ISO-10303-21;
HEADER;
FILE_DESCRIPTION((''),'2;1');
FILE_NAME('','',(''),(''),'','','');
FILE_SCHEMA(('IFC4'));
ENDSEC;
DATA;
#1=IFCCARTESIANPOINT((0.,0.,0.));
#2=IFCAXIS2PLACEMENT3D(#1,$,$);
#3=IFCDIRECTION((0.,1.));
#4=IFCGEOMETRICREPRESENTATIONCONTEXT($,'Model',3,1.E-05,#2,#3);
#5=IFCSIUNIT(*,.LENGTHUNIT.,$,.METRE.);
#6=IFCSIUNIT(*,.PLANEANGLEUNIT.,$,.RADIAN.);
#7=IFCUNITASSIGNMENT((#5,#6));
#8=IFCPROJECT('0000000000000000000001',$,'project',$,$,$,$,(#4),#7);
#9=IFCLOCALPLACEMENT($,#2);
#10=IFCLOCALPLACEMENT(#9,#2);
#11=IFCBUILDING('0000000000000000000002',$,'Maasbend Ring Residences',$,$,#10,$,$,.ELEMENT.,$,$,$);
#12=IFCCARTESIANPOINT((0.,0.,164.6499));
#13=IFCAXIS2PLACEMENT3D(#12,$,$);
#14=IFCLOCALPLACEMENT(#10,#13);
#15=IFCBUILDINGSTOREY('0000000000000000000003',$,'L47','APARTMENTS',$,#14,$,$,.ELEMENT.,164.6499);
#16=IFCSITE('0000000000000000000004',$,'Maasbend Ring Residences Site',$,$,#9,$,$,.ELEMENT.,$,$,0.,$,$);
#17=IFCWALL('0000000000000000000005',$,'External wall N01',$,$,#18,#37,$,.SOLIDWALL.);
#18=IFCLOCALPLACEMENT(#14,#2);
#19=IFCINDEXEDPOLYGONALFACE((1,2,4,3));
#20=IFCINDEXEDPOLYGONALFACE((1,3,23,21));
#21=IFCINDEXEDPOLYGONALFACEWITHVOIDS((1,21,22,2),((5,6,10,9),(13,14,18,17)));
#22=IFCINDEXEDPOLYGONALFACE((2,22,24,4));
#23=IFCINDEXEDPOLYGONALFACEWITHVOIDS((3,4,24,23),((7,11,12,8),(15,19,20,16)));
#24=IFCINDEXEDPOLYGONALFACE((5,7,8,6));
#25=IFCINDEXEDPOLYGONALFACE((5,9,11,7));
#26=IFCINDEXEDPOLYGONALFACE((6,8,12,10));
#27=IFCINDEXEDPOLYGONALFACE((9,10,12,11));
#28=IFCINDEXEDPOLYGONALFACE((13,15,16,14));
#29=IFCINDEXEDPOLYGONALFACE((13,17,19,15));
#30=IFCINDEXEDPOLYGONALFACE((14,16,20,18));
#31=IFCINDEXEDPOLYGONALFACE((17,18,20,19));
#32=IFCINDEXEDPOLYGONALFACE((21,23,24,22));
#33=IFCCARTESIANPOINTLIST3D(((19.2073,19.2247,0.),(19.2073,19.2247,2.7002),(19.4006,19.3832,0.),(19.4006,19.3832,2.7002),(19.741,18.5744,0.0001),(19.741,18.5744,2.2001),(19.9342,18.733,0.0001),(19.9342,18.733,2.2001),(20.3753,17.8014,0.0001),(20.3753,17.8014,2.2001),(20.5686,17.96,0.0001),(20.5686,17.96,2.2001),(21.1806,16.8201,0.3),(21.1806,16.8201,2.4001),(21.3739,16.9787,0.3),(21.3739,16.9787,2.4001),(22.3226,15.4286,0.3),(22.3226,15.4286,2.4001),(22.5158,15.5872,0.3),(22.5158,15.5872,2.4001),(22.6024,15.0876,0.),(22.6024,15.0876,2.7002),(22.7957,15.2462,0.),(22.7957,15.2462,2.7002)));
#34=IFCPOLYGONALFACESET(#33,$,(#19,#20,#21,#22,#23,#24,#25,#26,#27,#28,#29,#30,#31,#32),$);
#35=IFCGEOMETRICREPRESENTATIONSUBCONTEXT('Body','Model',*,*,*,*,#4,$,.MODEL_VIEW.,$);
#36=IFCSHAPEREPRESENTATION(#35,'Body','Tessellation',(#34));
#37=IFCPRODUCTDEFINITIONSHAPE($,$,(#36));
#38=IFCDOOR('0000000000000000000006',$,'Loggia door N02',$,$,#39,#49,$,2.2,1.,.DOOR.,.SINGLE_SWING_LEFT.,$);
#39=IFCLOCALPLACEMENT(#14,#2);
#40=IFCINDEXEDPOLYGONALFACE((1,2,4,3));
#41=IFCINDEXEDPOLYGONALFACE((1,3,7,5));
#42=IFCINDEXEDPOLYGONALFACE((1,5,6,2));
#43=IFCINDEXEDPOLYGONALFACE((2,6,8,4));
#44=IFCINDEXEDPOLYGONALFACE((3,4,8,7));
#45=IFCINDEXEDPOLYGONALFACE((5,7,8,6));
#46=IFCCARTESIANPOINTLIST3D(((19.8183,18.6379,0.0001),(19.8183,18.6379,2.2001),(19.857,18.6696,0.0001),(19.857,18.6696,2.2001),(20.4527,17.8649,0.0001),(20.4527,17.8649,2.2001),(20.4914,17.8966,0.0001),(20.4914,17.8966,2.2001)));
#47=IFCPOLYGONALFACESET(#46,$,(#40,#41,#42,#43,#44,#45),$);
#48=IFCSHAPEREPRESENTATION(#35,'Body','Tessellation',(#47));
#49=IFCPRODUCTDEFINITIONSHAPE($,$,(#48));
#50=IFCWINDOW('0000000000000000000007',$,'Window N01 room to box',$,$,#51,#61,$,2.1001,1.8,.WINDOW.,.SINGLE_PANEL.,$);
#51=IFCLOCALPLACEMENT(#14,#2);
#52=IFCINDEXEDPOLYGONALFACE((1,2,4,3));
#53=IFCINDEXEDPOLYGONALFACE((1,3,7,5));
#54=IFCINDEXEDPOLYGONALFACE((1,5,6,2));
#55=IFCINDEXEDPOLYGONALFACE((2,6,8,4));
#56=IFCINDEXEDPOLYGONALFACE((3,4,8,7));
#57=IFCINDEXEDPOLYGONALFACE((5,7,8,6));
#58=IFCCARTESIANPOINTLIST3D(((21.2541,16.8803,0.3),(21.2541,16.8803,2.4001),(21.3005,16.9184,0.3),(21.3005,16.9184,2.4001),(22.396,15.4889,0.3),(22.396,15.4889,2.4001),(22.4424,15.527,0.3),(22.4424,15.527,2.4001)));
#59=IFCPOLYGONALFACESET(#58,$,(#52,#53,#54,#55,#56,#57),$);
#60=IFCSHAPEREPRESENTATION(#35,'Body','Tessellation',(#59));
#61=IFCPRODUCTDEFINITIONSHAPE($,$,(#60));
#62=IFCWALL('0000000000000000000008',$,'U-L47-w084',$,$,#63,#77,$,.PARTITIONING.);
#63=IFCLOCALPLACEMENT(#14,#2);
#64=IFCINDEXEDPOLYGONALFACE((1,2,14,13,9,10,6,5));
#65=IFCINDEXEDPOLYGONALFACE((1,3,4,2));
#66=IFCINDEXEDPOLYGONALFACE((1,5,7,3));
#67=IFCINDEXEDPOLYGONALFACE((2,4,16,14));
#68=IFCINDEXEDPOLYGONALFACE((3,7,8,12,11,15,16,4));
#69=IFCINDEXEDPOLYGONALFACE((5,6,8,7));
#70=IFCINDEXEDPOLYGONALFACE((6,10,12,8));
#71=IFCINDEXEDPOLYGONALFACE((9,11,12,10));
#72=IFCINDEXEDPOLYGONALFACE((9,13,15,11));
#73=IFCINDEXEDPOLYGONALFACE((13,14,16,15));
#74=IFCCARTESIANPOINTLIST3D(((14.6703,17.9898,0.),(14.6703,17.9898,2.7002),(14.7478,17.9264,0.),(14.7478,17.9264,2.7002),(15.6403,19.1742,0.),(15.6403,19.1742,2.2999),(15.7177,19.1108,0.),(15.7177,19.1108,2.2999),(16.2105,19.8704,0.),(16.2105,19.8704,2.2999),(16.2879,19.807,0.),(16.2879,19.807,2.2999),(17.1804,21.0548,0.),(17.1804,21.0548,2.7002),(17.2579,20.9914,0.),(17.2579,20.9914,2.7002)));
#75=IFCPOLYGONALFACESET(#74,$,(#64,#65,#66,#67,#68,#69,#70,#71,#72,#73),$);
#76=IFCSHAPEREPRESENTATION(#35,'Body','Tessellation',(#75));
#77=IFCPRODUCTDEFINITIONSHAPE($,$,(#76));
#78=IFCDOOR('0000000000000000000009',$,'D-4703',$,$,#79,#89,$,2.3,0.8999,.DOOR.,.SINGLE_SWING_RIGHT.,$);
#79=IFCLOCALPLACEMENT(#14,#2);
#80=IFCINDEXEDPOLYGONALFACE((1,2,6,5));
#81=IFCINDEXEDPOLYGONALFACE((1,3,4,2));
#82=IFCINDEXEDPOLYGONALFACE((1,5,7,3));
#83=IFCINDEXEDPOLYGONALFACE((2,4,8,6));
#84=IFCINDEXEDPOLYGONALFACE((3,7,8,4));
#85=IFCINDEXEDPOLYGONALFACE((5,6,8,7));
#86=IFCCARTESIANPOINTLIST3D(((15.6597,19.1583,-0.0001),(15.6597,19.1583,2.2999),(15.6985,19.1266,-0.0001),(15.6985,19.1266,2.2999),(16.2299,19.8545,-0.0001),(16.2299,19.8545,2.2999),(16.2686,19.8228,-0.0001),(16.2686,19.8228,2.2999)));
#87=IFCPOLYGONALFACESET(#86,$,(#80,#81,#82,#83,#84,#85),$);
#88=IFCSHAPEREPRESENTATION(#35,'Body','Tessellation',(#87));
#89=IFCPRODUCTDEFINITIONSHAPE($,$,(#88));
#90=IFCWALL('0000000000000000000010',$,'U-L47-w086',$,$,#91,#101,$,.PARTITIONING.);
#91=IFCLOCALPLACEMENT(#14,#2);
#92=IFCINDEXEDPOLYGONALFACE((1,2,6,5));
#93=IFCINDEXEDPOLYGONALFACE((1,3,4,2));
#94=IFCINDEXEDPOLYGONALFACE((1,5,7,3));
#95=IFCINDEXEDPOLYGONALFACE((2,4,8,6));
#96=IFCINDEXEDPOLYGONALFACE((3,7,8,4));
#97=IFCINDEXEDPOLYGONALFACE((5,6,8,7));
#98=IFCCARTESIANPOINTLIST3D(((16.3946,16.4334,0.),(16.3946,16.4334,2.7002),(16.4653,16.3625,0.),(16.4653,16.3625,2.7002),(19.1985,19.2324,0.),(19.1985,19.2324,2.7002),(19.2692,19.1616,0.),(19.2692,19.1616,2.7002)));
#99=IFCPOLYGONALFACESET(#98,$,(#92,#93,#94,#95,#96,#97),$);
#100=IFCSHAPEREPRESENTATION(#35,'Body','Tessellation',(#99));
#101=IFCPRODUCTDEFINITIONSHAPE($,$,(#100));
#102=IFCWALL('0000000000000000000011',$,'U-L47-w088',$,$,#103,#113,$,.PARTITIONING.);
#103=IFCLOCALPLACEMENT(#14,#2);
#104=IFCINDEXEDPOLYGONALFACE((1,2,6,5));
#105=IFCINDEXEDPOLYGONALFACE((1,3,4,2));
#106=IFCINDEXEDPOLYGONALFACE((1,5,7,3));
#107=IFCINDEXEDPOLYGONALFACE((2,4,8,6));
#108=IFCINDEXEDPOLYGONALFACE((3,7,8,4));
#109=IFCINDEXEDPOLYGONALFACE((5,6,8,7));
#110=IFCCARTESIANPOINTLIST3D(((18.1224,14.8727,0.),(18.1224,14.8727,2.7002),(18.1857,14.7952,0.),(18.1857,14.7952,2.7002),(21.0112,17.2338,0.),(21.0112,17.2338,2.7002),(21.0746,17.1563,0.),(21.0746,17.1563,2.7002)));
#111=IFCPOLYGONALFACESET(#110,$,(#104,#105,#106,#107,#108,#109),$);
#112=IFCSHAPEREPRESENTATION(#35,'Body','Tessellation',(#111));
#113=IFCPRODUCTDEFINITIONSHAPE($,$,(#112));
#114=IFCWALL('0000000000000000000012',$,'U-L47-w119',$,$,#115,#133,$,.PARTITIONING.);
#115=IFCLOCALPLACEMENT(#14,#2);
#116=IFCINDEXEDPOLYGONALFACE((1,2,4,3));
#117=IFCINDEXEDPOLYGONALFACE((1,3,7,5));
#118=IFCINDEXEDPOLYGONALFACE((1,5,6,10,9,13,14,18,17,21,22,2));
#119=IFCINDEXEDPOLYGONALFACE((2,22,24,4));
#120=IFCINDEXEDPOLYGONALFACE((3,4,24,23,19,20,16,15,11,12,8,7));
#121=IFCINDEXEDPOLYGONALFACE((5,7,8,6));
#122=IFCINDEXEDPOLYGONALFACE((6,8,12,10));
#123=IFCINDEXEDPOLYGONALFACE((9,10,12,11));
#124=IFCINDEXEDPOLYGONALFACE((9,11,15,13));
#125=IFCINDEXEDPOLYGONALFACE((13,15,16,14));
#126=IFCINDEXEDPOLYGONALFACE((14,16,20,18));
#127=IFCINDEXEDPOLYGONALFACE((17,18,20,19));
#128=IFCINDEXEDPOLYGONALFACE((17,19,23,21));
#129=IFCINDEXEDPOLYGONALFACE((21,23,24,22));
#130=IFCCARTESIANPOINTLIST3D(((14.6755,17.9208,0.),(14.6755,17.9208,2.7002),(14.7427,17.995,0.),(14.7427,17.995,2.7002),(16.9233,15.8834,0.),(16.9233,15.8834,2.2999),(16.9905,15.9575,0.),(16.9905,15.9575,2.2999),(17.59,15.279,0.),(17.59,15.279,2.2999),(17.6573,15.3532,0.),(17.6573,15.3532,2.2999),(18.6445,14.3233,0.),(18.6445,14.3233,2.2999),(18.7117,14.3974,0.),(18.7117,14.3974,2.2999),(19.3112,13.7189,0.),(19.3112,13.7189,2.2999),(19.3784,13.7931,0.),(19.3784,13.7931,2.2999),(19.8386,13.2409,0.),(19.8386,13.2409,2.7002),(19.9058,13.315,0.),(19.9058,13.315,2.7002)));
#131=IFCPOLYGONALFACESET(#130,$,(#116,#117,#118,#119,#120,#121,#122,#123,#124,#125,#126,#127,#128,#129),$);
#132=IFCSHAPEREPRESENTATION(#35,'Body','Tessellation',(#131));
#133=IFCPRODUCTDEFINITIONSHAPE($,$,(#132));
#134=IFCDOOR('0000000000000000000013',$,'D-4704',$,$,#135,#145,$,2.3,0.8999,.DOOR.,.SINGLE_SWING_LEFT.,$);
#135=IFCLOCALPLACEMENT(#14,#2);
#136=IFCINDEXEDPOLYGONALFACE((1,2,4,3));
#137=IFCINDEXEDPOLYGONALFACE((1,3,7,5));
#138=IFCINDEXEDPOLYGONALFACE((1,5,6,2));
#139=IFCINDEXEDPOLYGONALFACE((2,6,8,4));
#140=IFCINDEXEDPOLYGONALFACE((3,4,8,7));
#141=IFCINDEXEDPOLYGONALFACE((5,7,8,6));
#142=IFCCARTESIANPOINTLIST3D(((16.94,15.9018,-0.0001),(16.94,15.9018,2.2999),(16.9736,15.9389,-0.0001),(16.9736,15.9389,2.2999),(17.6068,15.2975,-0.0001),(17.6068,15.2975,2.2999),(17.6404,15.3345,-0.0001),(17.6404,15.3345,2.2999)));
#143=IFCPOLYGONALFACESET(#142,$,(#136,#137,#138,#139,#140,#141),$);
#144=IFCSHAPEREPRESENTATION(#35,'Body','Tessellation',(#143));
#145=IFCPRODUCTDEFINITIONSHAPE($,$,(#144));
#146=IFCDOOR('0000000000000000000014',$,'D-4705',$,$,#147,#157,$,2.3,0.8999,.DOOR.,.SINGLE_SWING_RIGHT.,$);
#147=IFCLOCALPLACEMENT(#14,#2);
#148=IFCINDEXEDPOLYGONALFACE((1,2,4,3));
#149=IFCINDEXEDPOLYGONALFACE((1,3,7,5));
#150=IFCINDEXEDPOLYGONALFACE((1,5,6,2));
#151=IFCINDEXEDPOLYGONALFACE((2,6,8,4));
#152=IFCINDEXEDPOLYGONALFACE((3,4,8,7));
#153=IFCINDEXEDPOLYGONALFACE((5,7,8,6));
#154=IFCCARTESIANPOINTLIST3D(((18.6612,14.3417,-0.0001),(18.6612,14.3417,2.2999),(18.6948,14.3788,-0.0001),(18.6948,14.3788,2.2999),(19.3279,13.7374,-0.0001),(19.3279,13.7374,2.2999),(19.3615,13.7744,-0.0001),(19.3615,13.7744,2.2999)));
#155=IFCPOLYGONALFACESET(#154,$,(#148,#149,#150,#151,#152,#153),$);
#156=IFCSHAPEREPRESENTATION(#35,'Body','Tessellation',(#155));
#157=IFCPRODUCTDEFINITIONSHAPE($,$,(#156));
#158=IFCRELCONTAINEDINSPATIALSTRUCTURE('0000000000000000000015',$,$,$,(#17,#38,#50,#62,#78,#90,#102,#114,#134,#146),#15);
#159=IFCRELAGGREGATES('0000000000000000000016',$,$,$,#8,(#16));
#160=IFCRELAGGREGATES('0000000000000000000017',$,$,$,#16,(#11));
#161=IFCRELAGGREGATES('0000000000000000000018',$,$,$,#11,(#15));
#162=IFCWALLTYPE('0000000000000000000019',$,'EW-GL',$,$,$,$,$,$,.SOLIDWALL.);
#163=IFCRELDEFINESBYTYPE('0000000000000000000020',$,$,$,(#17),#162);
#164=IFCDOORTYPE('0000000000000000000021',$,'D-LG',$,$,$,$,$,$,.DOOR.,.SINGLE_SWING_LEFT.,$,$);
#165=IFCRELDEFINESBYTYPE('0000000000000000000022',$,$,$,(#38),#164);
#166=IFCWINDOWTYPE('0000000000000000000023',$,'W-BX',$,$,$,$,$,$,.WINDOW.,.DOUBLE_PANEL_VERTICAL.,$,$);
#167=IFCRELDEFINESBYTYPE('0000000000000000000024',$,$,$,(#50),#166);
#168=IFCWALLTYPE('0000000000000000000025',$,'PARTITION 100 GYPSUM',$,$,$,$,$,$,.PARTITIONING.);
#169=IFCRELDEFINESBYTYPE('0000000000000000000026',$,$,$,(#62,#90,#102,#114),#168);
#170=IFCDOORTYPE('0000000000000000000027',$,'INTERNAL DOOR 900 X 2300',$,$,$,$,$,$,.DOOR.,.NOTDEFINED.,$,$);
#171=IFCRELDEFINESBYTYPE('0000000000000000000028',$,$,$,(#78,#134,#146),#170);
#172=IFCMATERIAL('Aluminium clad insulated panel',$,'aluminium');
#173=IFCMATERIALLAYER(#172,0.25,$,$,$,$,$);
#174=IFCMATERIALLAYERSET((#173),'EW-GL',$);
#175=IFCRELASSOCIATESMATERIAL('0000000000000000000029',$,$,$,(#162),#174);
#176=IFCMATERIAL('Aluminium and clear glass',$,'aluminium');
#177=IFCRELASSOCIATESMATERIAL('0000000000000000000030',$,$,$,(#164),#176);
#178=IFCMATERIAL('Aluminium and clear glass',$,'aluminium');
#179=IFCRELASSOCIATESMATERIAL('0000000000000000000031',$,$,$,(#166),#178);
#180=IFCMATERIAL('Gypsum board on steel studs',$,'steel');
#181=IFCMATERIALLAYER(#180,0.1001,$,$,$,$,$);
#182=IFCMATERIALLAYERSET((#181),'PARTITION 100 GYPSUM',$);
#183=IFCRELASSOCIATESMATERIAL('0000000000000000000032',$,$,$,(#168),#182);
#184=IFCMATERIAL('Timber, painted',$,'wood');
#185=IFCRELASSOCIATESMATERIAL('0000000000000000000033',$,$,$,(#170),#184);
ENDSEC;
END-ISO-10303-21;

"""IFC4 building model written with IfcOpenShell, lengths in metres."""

from ifc_helpers import new_model, si_unit, direction, frame, frame_2d, origin, place, context, subcontext, project, spatial, rectangle, extrude, material, layer, layer_set, type_object, element, fill, save


model = new_model("IFC4")

# Units and contexts
model_context = context("Model", 3, precision=1e-05, world=origin(), true_north=direction((0.0, 1.0)))
body_context = subcontext(model_context, "Body", "Model", "MODEL_VIEW")
ifc_project = project(units=[si_unit("LENGTHUNIT", "METRE"), si_unit("PLANEANGLEUNIT", "RADIAN")], contexts=[model_context])

# Site, building, storey
site_placement = place(None, origin())
site = spatial("IfcSite", under=ifc_project, at=site_placement, Name="Maasbend Ring Residences Site", CompositionType="ELEMENT", RefElevation=0.0)
building_placement = place(site_placement, origin())
building = spatial("IfcBuilding", under=site, at=building_placement, Name="Maasbend Ring Residences", CompositionType="ELEMENT")
storey_placement = place(building_placement, frame((0.0, 0.0, 164.6499)))
storey = spatial("IfcBuildingStorey", under=building, at=storey_placement, Name="L47", Description="APARTMENTS", CompositionType="ELEMENT", Elevation=164.6499)

# Wall, openings, door, window
ifc_material_1 = material(Name="Aluminium clad insulated panel", Category="aluminium")
ifc_layer_1 = layer(ifc_material_1, 0.25)
ifc_layer_set_1 = layer_set([ifc_layer_1], Name="EW-GL")
wall_type_1 = type_object("IfcWallType", Name="EW-GL", PredefinedType="SOLIDWALL", material=ifc_layer_set_1)
wall_1_placement = place(storey_placement, frame((22.699, 15.167, 0.0), z_axis=(0.0, 0.0, 1.0), x_axis=(-0.634382, 0.773019, 0.0)))
wall_1 = element("IfcWall", 1, at=wall_1_placement, inside=storey, type_object=wall_type_1, Name="External wall N01", PredefinedType="SOLIDWALL", context=body_context, shape_type="SweptSolid", body=[
    extrude(rectangle(XDim=5.3518, YDim=0.25, at=frame_2d((2.6758, 0.0))), origin(), (0.0, 0.0, 1.0), 2.7002),
])
opening_1_placement = place(wall_1_placement, frame((0.4412, 0.0, 0.3)))
opening_1 = element("IfcOpeningElement", 2, at=opening_1_placement, cuts=wall_1, PredefinedType="OPENING", context=body_context, shape_type="SweptSolid", body=[
    extrude(rectangle(XDim=1.8, YDim=2.1001, at=frame_2d((0.8999, 1.05))), frame((0.0, 0.135, 0.0), z_axis=(0.0, -1.0, 0.0), x_axis=(1.0, 0.0, 0.0)), (0.0, 0.0, 1.0), 0.27),
])
opening_2_placement = place(wall_1_placement, frame((3.5105, 0.0, 0.0)))
opening_2 = element("IfcOpeningElement", 3, at=opening_2_placement, cuts=wall_1, PredefinedType="OPENING", context=body_context, shape_type="SweptSolid", body=[
    extrude(rectangle(XDim=1.0, YDim=2.2, at=frame_2d((0.5, 1.1001))), frame((0.0, 0.135, 0.0), z_axis=(0.0, -1.0, 0.0), x_axis=(1.0, 0.0, 0.0)), (0.0, 0.0, 1.0), 0.27),
])
ifc_material_2 = material(Name="Aluminium and clear glass", Category="aluminium")
door_type_1 = type_object("IfcDoorType", Name="D-LG", OperationType="SINGLE_SWING_LEFT", PredefinedType="DOOR", material=ifc_material_2)
door_1_placement = place(opening_2_placement, origin())
door_1 = element("IfcDoor", 4, at=door_1_placement, inside=storey, type_object=door_type_1, Name="Loggia door N02", OperationType="SINGLE_SWING_LEFT", OverallHeight=2.2, OverallWidth=1.0, PredefinedType="DOOR", context=body_context, shape_type="SweptSolid", body=[
    extrude(rectangle(XDim=1.0, YDim=2.2, at=frame_2d((0.5, 1.1001))), frame((0.0, 0.0249, 0.0), z_axis=(0.0, -1.0, 0.0), x_axis=(1.0, 0.0, 0.0)), (0.0, 0.0, 1.0), 0.05),
])
fill(opening_2, door_1)
ifc_material_3 = material(Name="Aluminium and clear glass", Category="aluminium")
window_type_1 = type_object("IfcWindowType", Name="W-BX", PartitioningType="DOUBLE_PANEL_VERTICAL", PredefinedType="WINDOW", material=ifc_material_3)
window_1_placement = place(opening_1_placement, origin())
window_1 = element("IfcWindow", 5, at=window_1_placement, inside=storey, type_object=window_type_1, Name="Window N01 room to box", OverallHeight=2.1001, OverallWidth=1.8, PartitioningType="SINGLE_PANEL", PredefinedType="WINDOW", context=body_context, shape_type="SweptSolid", body=[
    extrude(rectangle(XDim=1.8, YDim=2.1001, at=frame_2d((0.8999, 1.05))), frame((0.0, 0.03, 0.0), z_axis=(0.0, -1.0, 0.0), x_axis=(1.0, 0.0, 0.0)), (0.0, 0.0, 1.0), 0.0601),
])
fill(opening_1, window_1)

# Wall, opening, door
ifc_material_4 = material(Name="Gypsum board on steel studs", Category="steel")
ifc_layer_2 = layer(ifc_material_4, 0.1001)
ifc_layer_set_2 = layer_set([ifc_layer_2], Name="PARTITION 100 GYPSUM")
wall_type_2 = type_object("IfcWallType", Name="PARTITION 100 GYPSUM", PredefinedType="PARTITIONING", material=ifc_layer_set_2)
wall_2_placement = place(storey_placement, frame((14.709, 17.958, 0.0), z_axis=(0.0, 0.0, 1.0), x_axis=(0.63359, 0.773669, 0.0)))
wall_2 = element("IfcWall", 6, at=wall_2_placement, inside=storey, type_object=wall_type_2, Name="U-L47-w084", PredefinedType="PARTITIONING", context=body_context, shape_type="SweptSolid", body=[
    extrude(rectangle(XDim=3.9617, YDim=0.1001, at=frame_2d((1.981, 0.0))), origin(), (0.0, 0.0, 1.0), 2.7002),
])
opening_3_placement = place(wall_2_placement, frame((1.531, 0.0, 0.0)))
opening_3 = element("IfcOpeningElement", 7, at=opening_3_placement, cuts=wall_2, PredefinedType="OPENING", context=body_context, shape_type="SweptSolid", body=[
    extrude(rectangle(XDim=0.8999, YDim=2.3, at=frame_2d((0.45, 1.1499))), frame((0.0, 0.0601, 0.0), z_axis=(0.0, -1.0, 0.0), x_axis=(1.0, 0.0, 0.0)), (0.0, 0.0, 1.0), 0.1201),
])
ifc_material_5 = material(Name="Timber, painted", Category="wood")
door_type_2 = type_object("IfcDoorType", Name="INTERNAL DOOR 900 X 2300", OperationType="NOTDEFINED", PredefinedType="DOOR", material=ifc_material_5)
door_2_placement = place(opening_3_placement, origin())
door_2 = element("IfcDoor", 8, at=door_2_placement, inside=storey, type_object=door_type_2, Name="D-4703", OperationType="SINGLE_SWING_RIGHT", OverallHeight=2.3, OverallWidth=0.8999, PredefinedType="DOOR", context=body_context, shape_type="SweptSolid", body=[
    extrude(rectangle(XDim=0.8999, YDim=2.3, at=frame_2d((0.45, 1.1499))), frame((0.0, 0.0249, 0.0), z_axis=(0.0, -1.0, 0.0), x_axis=(1.0, 0.0, 0.0)), (0.0, 0.0, 1.0), 0.05),
])
fill(opening_3, door_2)

# Walls
wall_3_placement = place(storey_placement, frame((16.4299, 16.3979, 0.0), z_axis=(0.0, 0.0, 1.0), x_axis=(0.707723, 0.70649, 0.0)))
element("IfcWall", 9, at=wall_3_placement, inside=storey, type_object=wall_type_2, Name="U-L47-w086", PredefinedType="PARTITIONING", context=body_context, shape_type="SweptSolid", body=[
    extrude(rectangle(XDim=3.9619, YDim=0.1001, at=frame_2d((1.981, 0.0))), origin(), (0.0, 0.0, 1.0), 2.7002),
])
wall_4_placement = place(storey_placement, frame((18.1541, 14.834, 0.0), z_axis=(0.0, 0.0, 1.0), x_axis=(0.774295, 0.632824, 0.0)))
element("IfcWall", 10, at=wall_4_placement, inside=storey, type_object=wall_type_2, Name="U-L47-w088", PredefinedType="PARTITIONING", context=body_context, shape_type="SweptSolid", body=[
    extrude(rectangle(XDim=3.731, YDim=0.1001, at=frame_2d((1.8655, 0.0))), origin(), (0.0, 0.0, 1.0), 2.7002),
])

# Wall, openings, doors
wall_5_placement = place(storey_placement, frame((14.709, 17.958, 0.0), z_axis=(0.0, 0.0, 1.0), x_axis=(0.740924, -0.671589, 0.0)))
wall_5 = element("IfcWall", 11, at=wall_5_placement, inside=storey, type_object=wall_type_2, Name="U-L47-w119", PredefinedType="PARTITIONING", context=body_context, shape_type="SweptSolid", body=[
    extrude(rectangle(XDim=6.9685, YDim=0.1001, at=frame_2d((3.4844, 0.0))), origin(), (0.0, 0.0, 1.0), 2.7002),
])
opening_4_placement = place(wall_5_placement, frame((3.0339, 0.0, 0.0)))
opening_4 = element("IfcOpeningElement", 12, at=opening_4_placement, cuts=wall_5, PredefinedType="OPENING", context=body_context, shape_type="SweptSolid", body=[
    extrude(rectangle(XDim=0.8999, YDim=2.3, at=frame_2d((0.45, 1.1499))), frame((0.0, 0.0601, 0.0), z_axis=(0.0, -1.0, 0.0), x_axis=(1.0, 0.0, 0.0)), (0.0, 0.0, 1.0), 0.1201),
])
opening_5_placement = place(wall_5_placement, frame((5.3569, 0.0, 0.0)))
opening_5 = element("IfcOpeningElement", 13, at=opening_5_placement, cuts=wall_5, PredefinedType="OPENING", context=body_context, shape_type="SweptSolid", body=[
    extrude(rectangle(XDim=0.8999, YDim=2.3, at=frame_2d((0.45, 1.1499))), frame((0.0, 0.0601, 0.0), z_axis=(0.0, -1.0, 0.0), x_axis=(1.0, 0.0, 0.0)), (0.0, 0.0, 1.0), 0.1201),
])
door_3_placement = place(opening_4_placement, origin())
door_3 = element("IfcDoor", 14, at=door_3_placement, inside=storey, type_object=door_type_2, Name="D-4704", OperationType="SINGLE_SWING_LEFT", OverallHeight=2.3, OverallWidth=0.8999, PredefinedType="DOOR", context=body_context, shape_type="SweptSolid", body=[
    extrude(rectangle(XDim=0.8999, YDim=2.3, at=frame_2d((0.45, 1.1499))), frame((0.0, 0.0249, 0.0), z_axis=(0.0, -1.0, 0.0), x_axis=(1.0, 0.0, 0.0)), (0.0, 0.0, 1.0), 0.05),
])
fill(opening_4, door_3)
door_4_placement = place(opening_5_placement, origin())
door_4 = element("IfcDoor", 15, at=door_4_placement, inside=storey, type_object=door_type_2, Name="D-4705", OperationType="SINGLE_SWING_RIGHT", OverallHeight=2.3, OverallWidth=0.8999, PredefinedType="DOOR", context=body_context, shape_type="SweptSolid", body=[
    extrude(rectangle(XDim=0.8999, YDim=2.3, at=frame_2d((0.45, 1.1499))), frame((0.0, 0.0249, 0.0), z_axis=(0.0, -1.0, 0.0), x_axis=(1.0, 0.0, 0.0)), (0.0, 0.0, 1.0), 0.05),
])
fill(opening_5, door_4)

save(model, "model.ifc")
